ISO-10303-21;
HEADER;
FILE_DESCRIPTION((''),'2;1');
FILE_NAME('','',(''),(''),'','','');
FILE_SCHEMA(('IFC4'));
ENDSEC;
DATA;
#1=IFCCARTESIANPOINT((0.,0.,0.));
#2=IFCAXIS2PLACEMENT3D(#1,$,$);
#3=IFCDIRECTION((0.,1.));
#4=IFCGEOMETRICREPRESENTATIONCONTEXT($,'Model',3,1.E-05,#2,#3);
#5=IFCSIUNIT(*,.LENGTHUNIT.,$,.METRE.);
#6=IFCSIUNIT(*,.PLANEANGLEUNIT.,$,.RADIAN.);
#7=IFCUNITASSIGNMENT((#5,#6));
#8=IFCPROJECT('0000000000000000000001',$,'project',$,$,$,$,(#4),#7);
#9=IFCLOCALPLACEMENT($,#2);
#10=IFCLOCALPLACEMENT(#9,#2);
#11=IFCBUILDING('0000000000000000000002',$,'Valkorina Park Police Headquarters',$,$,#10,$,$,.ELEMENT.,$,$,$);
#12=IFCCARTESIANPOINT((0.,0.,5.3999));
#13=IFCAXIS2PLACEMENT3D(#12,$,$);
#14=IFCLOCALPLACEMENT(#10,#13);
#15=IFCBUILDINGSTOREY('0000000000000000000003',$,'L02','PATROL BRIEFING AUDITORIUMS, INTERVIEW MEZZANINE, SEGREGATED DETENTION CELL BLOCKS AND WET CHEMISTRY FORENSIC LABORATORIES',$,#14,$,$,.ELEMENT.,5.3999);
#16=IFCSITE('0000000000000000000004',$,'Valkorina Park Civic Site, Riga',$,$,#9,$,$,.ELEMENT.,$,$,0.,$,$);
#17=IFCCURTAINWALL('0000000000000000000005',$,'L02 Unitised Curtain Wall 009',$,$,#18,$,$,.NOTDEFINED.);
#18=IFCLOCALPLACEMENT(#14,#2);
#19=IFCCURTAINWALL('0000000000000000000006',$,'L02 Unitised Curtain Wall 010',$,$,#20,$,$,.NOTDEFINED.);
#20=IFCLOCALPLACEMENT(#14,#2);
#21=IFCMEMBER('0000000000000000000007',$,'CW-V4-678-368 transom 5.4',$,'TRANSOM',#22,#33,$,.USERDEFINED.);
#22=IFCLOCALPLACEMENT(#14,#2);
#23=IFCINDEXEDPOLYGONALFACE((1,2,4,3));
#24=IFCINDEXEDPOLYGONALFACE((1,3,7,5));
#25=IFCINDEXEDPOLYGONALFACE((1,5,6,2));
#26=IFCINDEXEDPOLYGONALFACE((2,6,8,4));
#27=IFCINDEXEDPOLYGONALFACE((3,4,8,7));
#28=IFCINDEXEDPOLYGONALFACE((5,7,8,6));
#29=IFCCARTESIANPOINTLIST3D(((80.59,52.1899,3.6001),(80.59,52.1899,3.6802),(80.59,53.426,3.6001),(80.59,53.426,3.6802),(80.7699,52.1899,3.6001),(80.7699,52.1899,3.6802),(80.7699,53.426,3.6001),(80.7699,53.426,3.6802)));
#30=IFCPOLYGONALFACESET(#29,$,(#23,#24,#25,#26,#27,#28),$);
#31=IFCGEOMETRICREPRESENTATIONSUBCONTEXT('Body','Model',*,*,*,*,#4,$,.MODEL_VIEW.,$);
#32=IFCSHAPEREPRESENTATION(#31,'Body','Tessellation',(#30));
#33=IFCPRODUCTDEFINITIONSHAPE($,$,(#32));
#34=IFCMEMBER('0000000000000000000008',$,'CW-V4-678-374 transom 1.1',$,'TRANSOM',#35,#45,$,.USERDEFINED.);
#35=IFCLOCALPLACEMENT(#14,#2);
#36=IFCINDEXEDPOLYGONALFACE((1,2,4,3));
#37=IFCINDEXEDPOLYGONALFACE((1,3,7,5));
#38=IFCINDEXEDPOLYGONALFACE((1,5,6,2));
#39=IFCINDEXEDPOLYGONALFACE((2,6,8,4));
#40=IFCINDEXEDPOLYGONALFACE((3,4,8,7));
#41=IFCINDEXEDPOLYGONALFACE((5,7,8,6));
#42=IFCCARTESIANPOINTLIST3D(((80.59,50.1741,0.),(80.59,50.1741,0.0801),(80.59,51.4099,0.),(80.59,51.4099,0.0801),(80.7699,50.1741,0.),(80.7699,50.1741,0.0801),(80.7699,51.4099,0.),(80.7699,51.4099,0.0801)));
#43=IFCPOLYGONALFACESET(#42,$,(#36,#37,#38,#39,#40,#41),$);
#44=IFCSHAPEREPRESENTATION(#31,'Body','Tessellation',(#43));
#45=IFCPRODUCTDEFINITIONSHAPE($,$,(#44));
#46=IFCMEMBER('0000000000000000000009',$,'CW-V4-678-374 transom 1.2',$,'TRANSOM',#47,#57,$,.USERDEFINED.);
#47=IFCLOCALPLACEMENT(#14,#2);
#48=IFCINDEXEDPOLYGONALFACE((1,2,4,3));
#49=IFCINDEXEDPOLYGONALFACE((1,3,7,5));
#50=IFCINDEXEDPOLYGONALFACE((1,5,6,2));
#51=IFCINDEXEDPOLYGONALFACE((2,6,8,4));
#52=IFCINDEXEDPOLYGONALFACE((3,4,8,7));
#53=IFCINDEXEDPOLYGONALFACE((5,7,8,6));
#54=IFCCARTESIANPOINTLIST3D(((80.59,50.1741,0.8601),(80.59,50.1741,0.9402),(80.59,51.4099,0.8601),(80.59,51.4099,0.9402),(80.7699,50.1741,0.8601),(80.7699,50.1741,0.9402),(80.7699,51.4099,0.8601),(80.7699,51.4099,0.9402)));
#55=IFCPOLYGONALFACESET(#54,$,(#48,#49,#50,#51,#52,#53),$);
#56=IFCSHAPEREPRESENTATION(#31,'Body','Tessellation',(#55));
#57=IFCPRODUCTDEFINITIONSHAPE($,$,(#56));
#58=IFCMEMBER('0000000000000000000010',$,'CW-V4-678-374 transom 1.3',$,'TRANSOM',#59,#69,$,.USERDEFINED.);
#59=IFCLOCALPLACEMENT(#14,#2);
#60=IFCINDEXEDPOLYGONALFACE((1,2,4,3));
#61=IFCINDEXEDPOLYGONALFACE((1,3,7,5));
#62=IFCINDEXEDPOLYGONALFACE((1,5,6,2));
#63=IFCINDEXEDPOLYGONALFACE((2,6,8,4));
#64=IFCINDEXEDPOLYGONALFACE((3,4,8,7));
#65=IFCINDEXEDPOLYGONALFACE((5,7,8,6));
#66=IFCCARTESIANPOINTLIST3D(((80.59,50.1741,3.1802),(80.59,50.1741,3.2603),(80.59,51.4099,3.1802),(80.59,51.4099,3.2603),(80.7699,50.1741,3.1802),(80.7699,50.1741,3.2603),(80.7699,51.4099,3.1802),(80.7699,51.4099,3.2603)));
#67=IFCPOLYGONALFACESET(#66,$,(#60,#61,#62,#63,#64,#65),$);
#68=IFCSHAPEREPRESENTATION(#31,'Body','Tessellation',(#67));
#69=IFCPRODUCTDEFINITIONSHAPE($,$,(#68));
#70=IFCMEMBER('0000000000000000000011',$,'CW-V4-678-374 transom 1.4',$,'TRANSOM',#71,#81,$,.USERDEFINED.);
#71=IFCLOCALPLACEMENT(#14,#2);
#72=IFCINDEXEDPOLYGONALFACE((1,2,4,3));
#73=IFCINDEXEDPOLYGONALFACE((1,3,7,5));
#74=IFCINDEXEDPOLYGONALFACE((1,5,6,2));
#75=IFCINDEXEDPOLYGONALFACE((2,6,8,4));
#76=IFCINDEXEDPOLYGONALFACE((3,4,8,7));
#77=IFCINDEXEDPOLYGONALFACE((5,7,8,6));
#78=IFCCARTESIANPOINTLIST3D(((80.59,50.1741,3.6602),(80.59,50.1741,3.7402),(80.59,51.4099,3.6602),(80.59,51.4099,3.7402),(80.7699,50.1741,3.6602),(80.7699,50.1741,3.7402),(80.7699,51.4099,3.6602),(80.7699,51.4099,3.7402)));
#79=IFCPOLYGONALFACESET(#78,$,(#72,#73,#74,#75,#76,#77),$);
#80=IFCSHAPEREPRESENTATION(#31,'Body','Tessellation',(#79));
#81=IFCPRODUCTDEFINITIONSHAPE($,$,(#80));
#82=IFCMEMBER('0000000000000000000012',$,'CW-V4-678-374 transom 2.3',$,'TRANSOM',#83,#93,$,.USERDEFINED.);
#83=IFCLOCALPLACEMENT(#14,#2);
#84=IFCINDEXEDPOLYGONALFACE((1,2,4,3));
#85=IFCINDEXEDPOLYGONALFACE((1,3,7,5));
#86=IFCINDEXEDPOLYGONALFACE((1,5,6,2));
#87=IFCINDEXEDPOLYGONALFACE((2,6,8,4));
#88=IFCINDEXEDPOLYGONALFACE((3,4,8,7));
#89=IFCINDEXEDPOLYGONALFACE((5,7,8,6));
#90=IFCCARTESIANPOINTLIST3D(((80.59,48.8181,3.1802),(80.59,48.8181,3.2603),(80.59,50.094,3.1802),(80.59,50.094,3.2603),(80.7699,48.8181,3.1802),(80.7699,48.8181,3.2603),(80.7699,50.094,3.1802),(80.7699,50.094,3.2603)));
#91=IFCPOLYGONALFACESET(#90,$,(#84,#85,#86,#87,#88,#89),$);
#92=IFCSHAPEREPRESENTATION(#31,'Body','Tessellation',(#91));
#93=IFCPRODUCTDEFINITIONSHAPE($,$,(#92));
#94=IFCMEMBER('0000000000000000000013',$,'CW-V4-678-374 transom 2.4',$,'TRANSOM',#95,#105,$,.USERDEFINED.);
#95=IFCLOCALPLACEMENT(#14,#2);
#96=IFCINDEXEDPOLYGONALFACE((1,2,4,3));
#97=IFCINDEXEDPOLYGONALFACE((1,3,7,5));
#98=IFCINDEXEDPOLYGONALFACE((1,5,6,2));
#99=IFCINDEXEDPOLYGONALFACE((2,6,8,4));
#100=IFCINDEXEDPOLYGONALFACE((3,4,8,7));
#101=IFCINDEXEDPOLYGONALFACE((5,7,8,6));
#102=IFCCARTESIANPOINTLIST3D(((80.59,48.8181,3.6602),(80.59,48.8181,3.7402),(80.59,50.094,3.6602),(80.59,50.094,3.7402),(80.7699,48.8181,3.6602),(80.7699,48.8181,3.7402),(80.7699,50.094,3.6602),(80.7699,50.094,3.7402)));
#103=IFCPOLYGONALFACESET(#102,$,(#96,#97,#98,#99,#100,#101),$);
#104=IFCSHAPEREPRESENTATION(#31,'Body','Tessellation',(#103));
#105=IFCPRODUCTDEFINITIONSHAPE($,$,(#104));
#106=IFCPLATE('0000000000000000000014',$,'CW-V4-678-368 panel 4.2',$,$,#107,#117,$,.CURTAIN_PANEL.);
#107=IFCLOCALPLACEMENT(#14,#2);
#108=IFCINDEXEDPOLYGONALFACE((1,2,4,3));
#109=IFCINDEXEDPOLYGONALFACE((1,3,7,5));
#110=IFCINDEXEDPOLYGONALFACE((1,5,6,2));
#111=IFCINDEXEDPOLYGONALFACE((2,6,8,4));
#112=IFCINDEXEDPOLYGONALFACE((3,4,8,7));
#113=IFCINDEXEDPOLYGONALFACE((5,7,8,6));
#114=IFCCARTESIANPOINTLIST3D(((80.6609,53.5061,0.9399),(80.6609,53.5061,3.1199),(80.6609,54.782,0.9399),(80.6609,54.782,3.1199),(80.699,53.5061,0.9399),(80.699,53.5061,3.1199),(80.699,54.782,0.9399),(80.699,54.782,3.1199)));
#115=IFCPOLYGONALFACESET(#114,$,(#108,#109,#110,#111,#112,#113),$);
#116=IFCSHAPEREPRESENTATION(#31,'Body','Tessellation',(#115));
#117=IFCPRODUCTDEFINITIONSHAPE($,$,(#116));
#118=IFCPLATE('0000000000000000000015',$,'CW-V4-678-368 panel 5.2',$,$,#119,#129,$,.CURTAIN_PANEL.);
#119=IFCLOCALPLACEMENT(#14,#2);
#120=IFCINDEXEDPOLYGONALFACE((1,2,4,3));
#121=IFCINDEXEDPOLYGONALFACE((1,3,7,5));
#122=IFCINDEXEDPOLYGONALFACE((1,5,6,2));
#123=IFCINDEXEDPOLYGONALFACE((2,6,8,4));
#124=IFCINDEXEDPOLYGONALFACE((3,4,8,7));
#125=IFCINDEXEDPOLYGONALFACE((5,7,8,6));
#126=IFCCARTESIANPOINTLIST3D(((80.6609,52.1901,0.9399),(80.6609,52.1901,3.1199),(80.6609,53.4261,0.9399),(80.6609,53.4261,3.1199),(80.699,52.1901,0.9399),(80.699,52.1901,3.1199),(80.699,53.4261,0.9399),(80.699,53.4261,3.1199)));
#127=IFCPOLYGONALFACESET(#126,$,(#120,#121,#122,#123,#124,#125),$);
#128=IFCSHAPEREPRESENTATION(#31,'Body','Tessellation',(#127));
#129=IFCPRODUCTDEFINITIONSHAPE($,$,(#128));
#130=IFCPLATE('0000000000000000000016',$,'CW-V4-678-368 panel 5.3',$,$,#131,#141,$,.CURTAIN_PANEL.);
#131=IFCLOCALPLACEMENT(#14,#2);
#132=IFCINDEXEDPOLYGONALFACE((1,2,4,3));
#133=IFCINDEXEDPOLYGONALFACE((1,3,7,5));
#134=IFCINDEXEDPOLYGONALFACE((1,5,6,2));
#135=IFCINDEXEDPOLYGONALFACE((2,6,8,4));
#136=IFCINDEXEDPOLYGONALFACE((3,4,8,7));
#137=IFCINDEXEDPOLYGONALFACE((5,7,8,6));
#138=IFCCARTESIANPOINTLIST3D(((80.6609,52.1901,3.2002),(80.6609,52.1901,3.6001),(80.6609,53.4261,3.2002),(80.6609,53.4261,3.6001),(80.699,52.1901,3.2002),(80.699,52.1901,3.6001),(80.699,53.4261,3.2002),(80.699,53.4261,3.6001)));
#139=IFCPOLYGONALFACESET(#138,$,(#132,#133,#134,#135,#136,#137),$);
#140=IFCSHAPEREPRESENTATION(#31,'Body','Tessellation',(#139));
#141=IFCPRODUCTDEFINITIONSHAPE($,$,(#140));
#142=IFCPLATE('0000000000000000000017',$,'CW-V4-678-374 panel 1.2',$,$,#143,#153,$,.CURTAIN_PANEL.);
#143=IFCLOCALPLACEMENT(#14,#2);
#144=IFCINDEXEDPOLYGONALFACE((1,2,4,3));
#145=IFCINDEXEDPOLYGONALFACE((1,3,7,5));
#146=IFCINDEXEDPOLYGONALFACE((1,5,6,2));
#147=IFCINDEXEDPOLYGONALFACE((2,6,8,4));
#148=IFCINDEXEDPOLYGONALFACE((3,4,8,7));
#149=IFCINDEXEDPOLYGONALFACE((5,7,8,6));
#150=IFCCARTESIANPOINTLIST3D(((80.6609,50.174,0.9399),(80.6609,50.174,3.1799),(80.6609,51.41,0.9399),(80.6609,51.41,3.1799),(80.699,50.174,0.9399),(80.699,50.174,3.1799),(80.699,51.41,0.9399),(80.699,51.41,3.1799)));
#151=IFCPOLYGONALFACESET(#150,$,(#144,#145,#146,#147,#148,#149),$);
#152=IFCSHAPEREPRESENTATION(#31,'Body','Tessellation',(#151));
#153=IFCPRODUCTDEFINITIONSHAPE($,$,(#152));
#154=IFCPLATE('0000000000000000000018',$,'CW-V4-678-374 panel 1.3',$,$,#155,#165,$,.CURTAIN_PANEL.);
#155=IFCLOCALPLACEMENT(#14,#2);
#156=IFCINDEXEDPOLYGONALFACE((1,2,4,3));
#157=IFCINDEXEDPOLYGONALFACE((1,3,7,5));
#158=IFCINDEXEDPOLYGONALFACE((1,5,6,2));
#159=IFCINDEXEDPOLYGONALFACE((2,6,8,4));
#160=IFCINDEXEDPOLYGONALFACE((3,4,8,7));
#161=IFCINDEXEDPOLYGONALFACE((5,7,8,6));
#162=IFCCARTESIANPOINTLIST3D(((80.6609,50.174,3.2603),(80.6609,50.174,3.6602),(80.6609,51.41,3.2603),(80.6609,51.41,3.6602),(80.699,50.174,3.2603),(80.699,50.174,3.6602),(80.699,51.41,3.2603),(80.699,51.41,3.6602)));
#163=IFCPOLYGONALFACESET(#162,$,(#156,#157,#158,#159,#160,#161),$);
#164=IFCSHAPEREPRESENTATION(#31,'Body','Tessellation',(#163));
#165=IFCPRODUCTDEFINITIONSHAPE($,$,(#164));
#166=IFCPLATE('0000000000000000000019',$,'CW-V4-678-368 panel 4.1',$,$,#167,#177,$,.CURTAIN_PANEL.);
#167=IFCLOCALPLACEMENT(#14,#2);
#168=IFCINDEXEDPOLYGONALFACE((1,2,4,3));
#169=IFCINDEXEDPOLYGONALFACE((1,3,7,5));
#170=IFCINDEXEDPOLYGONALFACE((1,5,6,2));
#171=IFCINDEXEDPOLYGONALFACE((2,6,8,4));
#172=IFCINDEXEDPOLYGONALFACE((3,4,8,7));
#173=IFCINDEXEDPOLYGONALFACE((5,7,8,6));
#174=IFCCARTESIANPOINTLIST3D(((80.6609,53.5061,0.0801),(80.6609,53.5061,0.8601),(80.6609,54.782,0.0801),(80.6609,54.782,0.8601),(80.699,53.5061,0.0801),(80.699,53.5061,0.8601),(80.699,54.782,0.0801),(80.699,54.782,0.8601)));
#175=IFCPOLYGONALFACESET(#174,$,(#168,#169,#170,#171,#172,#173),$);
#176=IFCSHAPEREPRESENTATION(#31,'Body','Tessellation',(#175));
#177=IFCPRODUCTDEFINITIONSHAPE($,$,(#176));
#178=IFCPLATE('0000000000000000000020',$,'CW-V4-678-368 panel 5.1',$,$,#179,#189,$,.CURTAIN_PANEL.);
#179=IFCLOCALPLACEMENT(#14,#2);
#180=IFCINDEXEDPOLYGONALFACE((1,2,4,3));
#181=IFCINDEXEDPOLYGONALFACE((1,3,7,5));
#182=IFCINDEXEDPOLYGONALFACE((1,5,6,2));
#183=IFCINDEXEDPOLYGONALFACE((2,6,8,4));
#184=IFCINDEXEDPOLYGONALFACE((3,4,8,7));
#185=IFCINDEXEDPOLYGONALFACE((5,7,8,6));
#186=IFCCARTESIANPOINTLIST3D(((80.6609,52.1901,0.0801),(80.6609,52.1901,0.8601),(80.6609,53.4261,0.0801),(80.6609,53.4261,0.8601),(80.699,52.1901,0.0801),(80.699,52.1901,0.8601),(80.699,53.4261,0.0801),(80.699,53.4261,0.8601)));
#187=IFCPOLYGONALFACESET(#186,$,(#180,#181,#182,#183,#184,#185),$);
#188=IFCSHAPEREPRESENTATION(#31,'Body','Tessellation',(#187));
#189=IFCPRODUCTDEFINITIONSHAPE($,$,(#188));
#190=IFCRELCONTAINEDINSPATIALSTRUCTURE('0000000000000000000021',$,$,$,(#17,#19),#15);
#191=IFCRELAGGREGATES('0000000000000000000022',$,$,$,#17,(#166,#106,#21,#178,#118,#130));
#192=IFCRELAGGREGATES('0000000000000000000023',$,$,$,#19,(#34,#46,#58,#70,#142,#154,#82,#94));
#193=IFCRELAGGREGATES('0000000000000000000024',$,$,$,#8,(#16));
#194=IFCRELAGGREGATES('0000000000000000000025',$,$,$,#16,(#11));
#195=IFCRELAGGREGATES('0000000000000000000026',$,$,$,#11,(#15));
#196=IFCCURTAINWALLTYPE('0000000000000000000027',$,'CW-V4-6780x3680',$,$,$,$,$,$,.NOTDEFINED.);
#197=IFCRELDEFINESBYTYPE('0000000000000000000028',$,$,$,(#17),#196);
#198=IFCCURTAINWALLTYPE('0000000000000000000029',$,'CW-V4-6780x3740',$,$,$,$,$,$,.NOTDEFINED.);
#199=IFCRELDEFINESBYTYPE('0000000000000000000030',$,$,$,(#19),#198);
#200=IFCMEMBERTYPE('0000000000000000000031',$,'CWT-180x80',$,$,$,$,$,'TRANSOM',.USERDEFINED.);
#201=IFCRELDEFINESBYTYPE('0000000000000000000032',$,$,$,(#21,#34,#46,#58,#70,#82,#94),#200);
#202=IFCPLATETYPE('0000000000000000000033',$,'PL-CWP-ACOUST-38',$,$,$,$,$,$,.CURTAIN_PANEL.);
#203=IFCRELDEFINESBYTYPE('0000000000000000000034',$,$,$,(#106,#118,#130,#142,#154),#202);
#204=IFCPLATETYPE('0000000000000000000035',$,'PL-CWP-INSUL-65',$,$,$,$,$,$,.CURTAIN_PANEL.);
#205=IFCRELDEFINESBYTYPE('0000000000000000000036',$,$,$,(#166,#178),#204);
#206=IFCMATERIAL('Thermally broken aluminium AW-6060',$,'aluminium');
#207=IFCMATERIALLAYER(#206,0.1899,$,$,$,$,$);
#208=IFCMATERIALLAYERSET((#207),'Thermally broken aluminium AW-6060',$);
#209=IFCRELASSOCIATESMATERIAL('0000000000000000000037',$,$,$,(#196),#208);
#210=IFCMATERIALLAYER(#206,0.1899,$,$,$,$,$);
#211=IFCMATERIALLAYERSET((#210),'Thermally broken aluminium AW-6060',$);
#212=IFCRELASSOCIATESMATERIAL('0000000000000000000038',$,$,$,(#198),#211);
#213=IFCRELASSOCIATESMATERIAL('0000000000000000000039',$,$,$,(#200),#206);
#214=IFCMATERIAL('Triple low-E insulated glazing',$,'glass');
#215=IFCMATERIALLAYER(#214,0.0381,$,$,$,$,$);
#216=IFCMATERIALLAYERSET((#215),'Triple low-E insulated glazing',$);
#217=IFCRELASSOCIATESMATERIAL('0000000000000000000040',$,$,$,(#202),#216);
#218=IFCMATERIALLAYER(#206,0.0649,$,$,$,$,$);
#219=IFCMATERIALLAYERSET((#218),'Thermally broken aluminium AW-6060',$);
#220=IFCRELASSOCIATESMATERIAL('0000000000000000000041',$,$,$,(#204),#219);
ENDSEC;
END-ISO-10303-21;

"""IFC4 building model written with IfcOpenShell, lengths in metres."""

from ifc_helpers import new_model, si_unit, direction, frame, origin, origin_2d, place, context, subcontext, project, spatial, rectangle, extrude, material, layer, layer_set, material_profile, profile_set, type_object, element, aggregate, save


model = new_model("IFC4")

# Units and contexts
model_context = context("Model", 3, precision=1e-05, world=origin(), true_north=direction((0.0, 1.0)))
body_context = subcontext(model_context, "Body", "Model", "MODEL_VIEW")
ifc_project = project(units=[si_unit("LENGTHUNIT", "METRE"), si_unit("PLANEANGLEUNIT", "RADIAN")], contexts=[model_context])

# Site, building, storey
site_placement = place(None, origin())
site = spatial("IfcSite", under=ifc_project, at=site_placement, Name="Valkorina Park Civic Site, Riga", CompositionType="ELEMENT", RefElevation=0.0)
building_placement = place(site_placement, origin())
building = spatial("IfcBuilding", under=site, at=building_placement, Name="Valkorina Park Police Headquarters", CompositionType="ELEMENT")
storey_placement = place(building_placement, frame((0.0, 0.0, 5.3999)))
storey = spatial("IfcBuildingStorey", under=building, at=storey_placement, Name="L02", Description="PATROL BRIEFING AUDITORIUMS, INTERVIEW MEZZANINE, SEGREGATED DETENTION CELL BLOCKS AND WET CHEMISTRY FORENSIC LABORATORIES", CompositionType="ELEMENT", Elevation=5.3999)

# Curtain walls
ifc_material_1 = material(Name="Thermally broken aluminium AW-6060", Category="aluminium")
ifc_layer_1 = layer(ifc_material_1, 0.1899)
ifc_layer_set_1 = layer_set([ifc_layer_1], Name="Thermally broken aluminium AW-6060")
curtain_wall_type_1 = type_object("IfcCurtainWallType", Name="CW-V4-6780x3680", PredefinedType="NOTDEFINED", material=ifc_layer_set_1)
curtain_wall_1_placement = place(storey_placement, origin())
curtain_wall_1 = element("IfcCurtainWall", 1, at=curtain_wall_1_placement, inside=storey, type_object=curtain_wall_type_1, Name="L02 Unitised Curtain Wall 009", PredefinedType="NOTDEFINED")
ifc_layer_2 = layer(ifc_material_1, 0.1899)
ifc_layer_set_2 = layer_set([ifc_layer_2], Name="Thermally broken aluminium AW-6060")
curtain_wall_type_2 = type_object("IfcCurtainWallType", Name="CW-V4-6780x3740", PredefinedType="NOTDEFINED", material=ifc_layer_set_2)
curtain_wall_2_placement = place(storey_placement, origin())
curtain_wall_2 = element("IfcCurtainWall", 2, at=curtain_wall_2_placement, inside=storey, type_object=curtain_wall_type_2, Name="L02 Unitised Curtain Wall 010", PredefinedType="NOTDEFINED")

# Members
ifc_material_profile_1 = material_profile(ifc_material_1, rectangle(XDim=0.1799, YDim=0.0801, at=origin_2d()), Name="CWT-03 180x80")
ifc_profile_set_1 = profile_set([ifc_material_profile_1], Name="Thermally broken aluminium AW-6060")
member_type_1 = type_object("IfcMemberType", Name="CWT-180x80", ElementType="TRANSOM", PredefinedType="USERDEFINED", material=ifc_profile_set_1)
member_1_placement = place(storey_placement, frame((80.6799, 53.426, 3.6401), z_axis=(0.0, -1.0, 0.0), x_axis=(1.0, 0.0, 0.0)))
member_1 = element("IfcMember", 3, at=member_1_placement, type_object=member_type_1, Name="CW-V4-678-368 transom 5.4", ObjectType="TRANSOM", PredefinedType="USERDEFINED", context=body_context, shape_type="SweptSolid", body=[
    extrude(rectangle(XDim=0.1799, YDim=0.0801, at=origin_2d()), origin(), (0.0, 0.0, 1.0), 1.2361),
])
member_2_placement = place(storey_placement, frame((80.6799, 51.4099, 0.04), z_axis=(0.0, -1.0, 0.0), x_axis=(1.0, 0.0, 0.0)))
member_2 = element("IfcMember", 4, at=member_2_placement, type_object=member_type_1, Name="CW-V4-678-374 transom 1.1", ObjectType="TRANSOM", PredefinedType="USERDEFINED", context=body_context, shape_type="SweptSolid", body=[
    extrude(rectangle(XDim=0.1799, YDim=0.0801, at=origin_2d()), origin(), (0.0, 0.0, 1.0), 1.2358),
])
member_3_placement = place(storey_placement, frame((80.6799, 51.4099, 0.9001), z_axis=(0.0, -1.0, 0.0), x_axis=(1.0, 0.0, 0.0)))
member_3 = element("IfcMember", 5, at=member_3_placement, type_object=member_type_1, Name="CW-V4-678-374 transom 1.2", ObjectType="TRANSOM", PredefinedType="USERDEFINED", context=body_context, shape_type="SweptSolid", body=[
    extrude(rectangle(XDim=0.1799, YDim=0.0801, at=origin_2d()), origin(), (0.0, 0.0, 1.0), 1.2358),
])
member_4_placement = place(storey_placement, frame((80.6799, 51.4099, 3.2202), z_axis=(0.0, -1.0, 0.0), x_axis=(1.0, 0.0, 0.0)))
member_4 = element("IfcMember", 6, at=member_4_placement, type_object=member_type_1, Name="CW-V4-678-374 transom 1.3", ObjectType="TRANSOM", PredefinedType="USERDEFINED", context=body_context, shape_type="SweptSolid", body=[
    extrude(rectangle(XDim=0.1799, YDim=0.0801, at=origin_2d()), origin(), (0.0, 0.0, 1.0), 1.2358),
])
member_5_placement = place(storey_placement, frame((80.6799, 51.4099, 3.7002), z_axis=(0.0, -1.0, 0.0), x_axis=(1.0, 0.0, 0.0)))
member_5 = element("IfcMember", 7, at=member_5_placement, type_object=member_type_1, Name="CW-V4-678-374 transom 1.4", ObjectType="TRANSOM", PredefinedType="USERDEFINED", context=body_context, shape_type="SweptSolid", body=[
    extrude(rectangle(XDim=0.1799, YDim=0.0801, at=origin_2d()), origin(), (0.0, 0.0, 1.0), 1.2358),
])
member_6_placement = place(storey_placement, frame((80.6799, 50.094, 3.2202), z_axis=(0.0, -1.0, 0.0), x_axis=(1.0, 0.0, 0.0)))
member_6 = element("IfcMember", 8, at=member_6_placement, type_object=member_type_1, Name="CW-V4-678-374 transom 2.3", ObjectType="TRANSOM", PredefinedType="USERDEFINED", context=body_context, shape_type="SweptSolid", body=[
    extrude(rectangle(XDim=0.1799, YDim=0.0801, at=origin_2d()), origin(), (0.0, 0.0, 1.0), 1.2759),
])
member_7_placement = place(storey_placement, frame((80.6799, 50.094, 3.7002), z_axis=(0.0, -1.0, 0.0), x_axis=(1.0, 0.0, 0.0)))
member_7 = element("IfcMember", 9, at=member_7_placement, type_object=member_type_1, Name="CW-V4-678-374 transom 2.4", ObjectType="TRANSOM", PredefinedType="USERDEFINED", context=body_context, shape_type="SweptSolid", body=[
    extrude(rectangle(XDim=0.1799, YDim=0.0801, at=origin_2d()), origin(), (0.0, 0.0, 1.0), 1.2759),
])

# Plates
ifc_material_2 = material(Name="Triple low-E insulated glazing", Category="glass")
ifc_layer_3 = layer(ifc_material_2, 0.0381)
ifc_layer_set_3 = layer_set([ifc_layer_3], Name="Triple low-E insulated glazing")
plate_type_1 = type_object("IfcPlateType", Name="PL-CWP-ACOUST-38", PredefinedType="CURTAIN_PANEL", material=ifc_layer_set_3)
plate_1_placement = place(storey_placement, frame((80.6799, 54.144, 0.9399), z_axis=(0.0, 0.0, 1.0), x_axis=(0.0, -1.0, 0.0)))
plate_1 = element("IfcPlate", 10, at=plate_1_placement, type_object=plate_type_1, Name="CW-V4-678-368 panel 4.2", PredefinedType="CURTAIN_PANEL", context=body_context, shape_type="SweptSolid", body=[
    extrude(rectangle(XDim=1.2759, YDim=0.0381, at=origin_2d()), origin(), (0.0, 0.0, 1.0), 2.1799),
])
plate_2_placement = place(storey_placement, frame((80.6799, 52.8081, 0.9399), z_axis=(0.0, 0.0, 1.0), x_axis=(0.0, -1.0, 0.0)))
plate_2 = element("IfcPlate", 11, at=plate_2_placement, type_object=plate_type_1, Name="CW-V4-678-368 panel 5.2", PredefinedType="CURTAIN_PANEL", context=body_context, shape_type="SweptSolid", body=[
    extrude(rectangle(XDim=1.2361, YDim=0.0381, at=origin_2d()), origin(), (0.0, 0.0, 1.0), 2.1799),
])
plate_3_placement = place(storey_placement, frame((80.6799, 52.8081, 3.2002), z_axis=(0.0, 0.0, 1.0), x_axis=(0.0, -1.0, 0.0)))
plate_3 = element("IfcPlate", 12, at=plate_3_placement, type_object=plate_type_1, Name="CW-V4-678-368 panel 5.3", PredefinedType="CURTAIN_PANEL", context=body_context, shape_type="SweptSolid", body=[
    extrude(rectangle(XDim=1.2361, YDim=0.0381, at=origin_2d()), origin(), (0.0, 0.0, 1.0), 0.3999),
])
plate_4_placement = place(storey_placement, frame((80.6799, 50.792, 0.9399), z_axis=(0.0, 0.0, 1.0), x_axis=(0.0, -1.0, 0.0)))
plate_4 = element("IfcPlate", 13, at=plate_4_placement, type_object=plate_type_1, Name="CW-V4-678-374 panel 1.2", PredefinedType="CURTAIN_PANEL", context=body_context, shape_type="SweptSolid", body=[
    extrude(rectangle(XDim=1.2361, YDim=0.0381, at=origin_2d()), origin(), (0.0, 0.0, 1.0), 2.24),
])
plate_5_placement = place(storey_placement, frame((80.6799, 50.792, 3.2603), z_axis=(0.0, 0.0, 1.0), x_axis=(0.0, -1.0, 0.0)))
plate_5 = element("IfcPlate", 14, at=plate_5_placement, type_object=plate_type_1, Name="CW-V4-678-374 panel 1.3", PredefinedType="CURTAIN_PANEL", context=body_context, shape_type="SweptSolid", body=[
    extrude(rectangle(XDim=1.2361, YDim=0.0381, at=origin_2d()), origin(), (0.0, 0.0, 1.0), 0.3999),
])
ifc_layer_4 = layer(ifc_material_1, 0.0649)
ifc_layer_set_4 = layer_set([ifc_layer_4], Name="Thermally broken aluminium AW-6060")
plate_type_2 = type_object("IfcPlateType", Name="PL-CWP-INSUL-65", PredefinedType="CURTAIN_PANEL", material=ifc_layer_set_4)
plate_6_placement = place(storey_placement, frame((80.6799, 54.144, 0.0801), z_axis=(0.0, 0.0, 1.0), x_axis=(0.0, -1.0, 0.0)))
plate_6 = element("IfcPlate", 15, at=plate_6_placement, type_object=plate_type_2, Name="CW-V4-678-368 panel 4.1", PredefinedType="CURTAIN_PANEL", context=body_context, shape_type="SweptSolid", body=[
    extrude(rectangle(XDim=1.2759, YDim=0.0381, at=origin_2d()), origin(), (0.0, 0.0, 1.0), 0.78),
])
plate_7_placement = place(storey_placement, frame((80.6799, 52.8081, 0.0801), z_axis=(0.0, 0.0, 1.0), x_axis=(0.0, -1.0, 0.0)))
plate_7 = element("IfcPlate", 16, at=plate_7_placement, type_object=plate_type_2, Name="CW-V4-678-368 panel 5.1", PredefinedType="CURTAIN_PANEL", context=body_context, shape_type="SweptSolid", body=[
    extrude(rectangle(XDim=1.2361, YDim=0.0381, at=origin_2d()), origin(), (0.0, 0.0, 1.0), 0.78),
])
aggregate(curtain_wall_1, [plate_6, plate_1, member_1, plate_7, plate_2, plate_3])
aggregate(curtain_wall_2, [member_2, member_3, member_4, member_5, plate_4, plate_5, member_6, member_7])

save(model, "model.ifc")
